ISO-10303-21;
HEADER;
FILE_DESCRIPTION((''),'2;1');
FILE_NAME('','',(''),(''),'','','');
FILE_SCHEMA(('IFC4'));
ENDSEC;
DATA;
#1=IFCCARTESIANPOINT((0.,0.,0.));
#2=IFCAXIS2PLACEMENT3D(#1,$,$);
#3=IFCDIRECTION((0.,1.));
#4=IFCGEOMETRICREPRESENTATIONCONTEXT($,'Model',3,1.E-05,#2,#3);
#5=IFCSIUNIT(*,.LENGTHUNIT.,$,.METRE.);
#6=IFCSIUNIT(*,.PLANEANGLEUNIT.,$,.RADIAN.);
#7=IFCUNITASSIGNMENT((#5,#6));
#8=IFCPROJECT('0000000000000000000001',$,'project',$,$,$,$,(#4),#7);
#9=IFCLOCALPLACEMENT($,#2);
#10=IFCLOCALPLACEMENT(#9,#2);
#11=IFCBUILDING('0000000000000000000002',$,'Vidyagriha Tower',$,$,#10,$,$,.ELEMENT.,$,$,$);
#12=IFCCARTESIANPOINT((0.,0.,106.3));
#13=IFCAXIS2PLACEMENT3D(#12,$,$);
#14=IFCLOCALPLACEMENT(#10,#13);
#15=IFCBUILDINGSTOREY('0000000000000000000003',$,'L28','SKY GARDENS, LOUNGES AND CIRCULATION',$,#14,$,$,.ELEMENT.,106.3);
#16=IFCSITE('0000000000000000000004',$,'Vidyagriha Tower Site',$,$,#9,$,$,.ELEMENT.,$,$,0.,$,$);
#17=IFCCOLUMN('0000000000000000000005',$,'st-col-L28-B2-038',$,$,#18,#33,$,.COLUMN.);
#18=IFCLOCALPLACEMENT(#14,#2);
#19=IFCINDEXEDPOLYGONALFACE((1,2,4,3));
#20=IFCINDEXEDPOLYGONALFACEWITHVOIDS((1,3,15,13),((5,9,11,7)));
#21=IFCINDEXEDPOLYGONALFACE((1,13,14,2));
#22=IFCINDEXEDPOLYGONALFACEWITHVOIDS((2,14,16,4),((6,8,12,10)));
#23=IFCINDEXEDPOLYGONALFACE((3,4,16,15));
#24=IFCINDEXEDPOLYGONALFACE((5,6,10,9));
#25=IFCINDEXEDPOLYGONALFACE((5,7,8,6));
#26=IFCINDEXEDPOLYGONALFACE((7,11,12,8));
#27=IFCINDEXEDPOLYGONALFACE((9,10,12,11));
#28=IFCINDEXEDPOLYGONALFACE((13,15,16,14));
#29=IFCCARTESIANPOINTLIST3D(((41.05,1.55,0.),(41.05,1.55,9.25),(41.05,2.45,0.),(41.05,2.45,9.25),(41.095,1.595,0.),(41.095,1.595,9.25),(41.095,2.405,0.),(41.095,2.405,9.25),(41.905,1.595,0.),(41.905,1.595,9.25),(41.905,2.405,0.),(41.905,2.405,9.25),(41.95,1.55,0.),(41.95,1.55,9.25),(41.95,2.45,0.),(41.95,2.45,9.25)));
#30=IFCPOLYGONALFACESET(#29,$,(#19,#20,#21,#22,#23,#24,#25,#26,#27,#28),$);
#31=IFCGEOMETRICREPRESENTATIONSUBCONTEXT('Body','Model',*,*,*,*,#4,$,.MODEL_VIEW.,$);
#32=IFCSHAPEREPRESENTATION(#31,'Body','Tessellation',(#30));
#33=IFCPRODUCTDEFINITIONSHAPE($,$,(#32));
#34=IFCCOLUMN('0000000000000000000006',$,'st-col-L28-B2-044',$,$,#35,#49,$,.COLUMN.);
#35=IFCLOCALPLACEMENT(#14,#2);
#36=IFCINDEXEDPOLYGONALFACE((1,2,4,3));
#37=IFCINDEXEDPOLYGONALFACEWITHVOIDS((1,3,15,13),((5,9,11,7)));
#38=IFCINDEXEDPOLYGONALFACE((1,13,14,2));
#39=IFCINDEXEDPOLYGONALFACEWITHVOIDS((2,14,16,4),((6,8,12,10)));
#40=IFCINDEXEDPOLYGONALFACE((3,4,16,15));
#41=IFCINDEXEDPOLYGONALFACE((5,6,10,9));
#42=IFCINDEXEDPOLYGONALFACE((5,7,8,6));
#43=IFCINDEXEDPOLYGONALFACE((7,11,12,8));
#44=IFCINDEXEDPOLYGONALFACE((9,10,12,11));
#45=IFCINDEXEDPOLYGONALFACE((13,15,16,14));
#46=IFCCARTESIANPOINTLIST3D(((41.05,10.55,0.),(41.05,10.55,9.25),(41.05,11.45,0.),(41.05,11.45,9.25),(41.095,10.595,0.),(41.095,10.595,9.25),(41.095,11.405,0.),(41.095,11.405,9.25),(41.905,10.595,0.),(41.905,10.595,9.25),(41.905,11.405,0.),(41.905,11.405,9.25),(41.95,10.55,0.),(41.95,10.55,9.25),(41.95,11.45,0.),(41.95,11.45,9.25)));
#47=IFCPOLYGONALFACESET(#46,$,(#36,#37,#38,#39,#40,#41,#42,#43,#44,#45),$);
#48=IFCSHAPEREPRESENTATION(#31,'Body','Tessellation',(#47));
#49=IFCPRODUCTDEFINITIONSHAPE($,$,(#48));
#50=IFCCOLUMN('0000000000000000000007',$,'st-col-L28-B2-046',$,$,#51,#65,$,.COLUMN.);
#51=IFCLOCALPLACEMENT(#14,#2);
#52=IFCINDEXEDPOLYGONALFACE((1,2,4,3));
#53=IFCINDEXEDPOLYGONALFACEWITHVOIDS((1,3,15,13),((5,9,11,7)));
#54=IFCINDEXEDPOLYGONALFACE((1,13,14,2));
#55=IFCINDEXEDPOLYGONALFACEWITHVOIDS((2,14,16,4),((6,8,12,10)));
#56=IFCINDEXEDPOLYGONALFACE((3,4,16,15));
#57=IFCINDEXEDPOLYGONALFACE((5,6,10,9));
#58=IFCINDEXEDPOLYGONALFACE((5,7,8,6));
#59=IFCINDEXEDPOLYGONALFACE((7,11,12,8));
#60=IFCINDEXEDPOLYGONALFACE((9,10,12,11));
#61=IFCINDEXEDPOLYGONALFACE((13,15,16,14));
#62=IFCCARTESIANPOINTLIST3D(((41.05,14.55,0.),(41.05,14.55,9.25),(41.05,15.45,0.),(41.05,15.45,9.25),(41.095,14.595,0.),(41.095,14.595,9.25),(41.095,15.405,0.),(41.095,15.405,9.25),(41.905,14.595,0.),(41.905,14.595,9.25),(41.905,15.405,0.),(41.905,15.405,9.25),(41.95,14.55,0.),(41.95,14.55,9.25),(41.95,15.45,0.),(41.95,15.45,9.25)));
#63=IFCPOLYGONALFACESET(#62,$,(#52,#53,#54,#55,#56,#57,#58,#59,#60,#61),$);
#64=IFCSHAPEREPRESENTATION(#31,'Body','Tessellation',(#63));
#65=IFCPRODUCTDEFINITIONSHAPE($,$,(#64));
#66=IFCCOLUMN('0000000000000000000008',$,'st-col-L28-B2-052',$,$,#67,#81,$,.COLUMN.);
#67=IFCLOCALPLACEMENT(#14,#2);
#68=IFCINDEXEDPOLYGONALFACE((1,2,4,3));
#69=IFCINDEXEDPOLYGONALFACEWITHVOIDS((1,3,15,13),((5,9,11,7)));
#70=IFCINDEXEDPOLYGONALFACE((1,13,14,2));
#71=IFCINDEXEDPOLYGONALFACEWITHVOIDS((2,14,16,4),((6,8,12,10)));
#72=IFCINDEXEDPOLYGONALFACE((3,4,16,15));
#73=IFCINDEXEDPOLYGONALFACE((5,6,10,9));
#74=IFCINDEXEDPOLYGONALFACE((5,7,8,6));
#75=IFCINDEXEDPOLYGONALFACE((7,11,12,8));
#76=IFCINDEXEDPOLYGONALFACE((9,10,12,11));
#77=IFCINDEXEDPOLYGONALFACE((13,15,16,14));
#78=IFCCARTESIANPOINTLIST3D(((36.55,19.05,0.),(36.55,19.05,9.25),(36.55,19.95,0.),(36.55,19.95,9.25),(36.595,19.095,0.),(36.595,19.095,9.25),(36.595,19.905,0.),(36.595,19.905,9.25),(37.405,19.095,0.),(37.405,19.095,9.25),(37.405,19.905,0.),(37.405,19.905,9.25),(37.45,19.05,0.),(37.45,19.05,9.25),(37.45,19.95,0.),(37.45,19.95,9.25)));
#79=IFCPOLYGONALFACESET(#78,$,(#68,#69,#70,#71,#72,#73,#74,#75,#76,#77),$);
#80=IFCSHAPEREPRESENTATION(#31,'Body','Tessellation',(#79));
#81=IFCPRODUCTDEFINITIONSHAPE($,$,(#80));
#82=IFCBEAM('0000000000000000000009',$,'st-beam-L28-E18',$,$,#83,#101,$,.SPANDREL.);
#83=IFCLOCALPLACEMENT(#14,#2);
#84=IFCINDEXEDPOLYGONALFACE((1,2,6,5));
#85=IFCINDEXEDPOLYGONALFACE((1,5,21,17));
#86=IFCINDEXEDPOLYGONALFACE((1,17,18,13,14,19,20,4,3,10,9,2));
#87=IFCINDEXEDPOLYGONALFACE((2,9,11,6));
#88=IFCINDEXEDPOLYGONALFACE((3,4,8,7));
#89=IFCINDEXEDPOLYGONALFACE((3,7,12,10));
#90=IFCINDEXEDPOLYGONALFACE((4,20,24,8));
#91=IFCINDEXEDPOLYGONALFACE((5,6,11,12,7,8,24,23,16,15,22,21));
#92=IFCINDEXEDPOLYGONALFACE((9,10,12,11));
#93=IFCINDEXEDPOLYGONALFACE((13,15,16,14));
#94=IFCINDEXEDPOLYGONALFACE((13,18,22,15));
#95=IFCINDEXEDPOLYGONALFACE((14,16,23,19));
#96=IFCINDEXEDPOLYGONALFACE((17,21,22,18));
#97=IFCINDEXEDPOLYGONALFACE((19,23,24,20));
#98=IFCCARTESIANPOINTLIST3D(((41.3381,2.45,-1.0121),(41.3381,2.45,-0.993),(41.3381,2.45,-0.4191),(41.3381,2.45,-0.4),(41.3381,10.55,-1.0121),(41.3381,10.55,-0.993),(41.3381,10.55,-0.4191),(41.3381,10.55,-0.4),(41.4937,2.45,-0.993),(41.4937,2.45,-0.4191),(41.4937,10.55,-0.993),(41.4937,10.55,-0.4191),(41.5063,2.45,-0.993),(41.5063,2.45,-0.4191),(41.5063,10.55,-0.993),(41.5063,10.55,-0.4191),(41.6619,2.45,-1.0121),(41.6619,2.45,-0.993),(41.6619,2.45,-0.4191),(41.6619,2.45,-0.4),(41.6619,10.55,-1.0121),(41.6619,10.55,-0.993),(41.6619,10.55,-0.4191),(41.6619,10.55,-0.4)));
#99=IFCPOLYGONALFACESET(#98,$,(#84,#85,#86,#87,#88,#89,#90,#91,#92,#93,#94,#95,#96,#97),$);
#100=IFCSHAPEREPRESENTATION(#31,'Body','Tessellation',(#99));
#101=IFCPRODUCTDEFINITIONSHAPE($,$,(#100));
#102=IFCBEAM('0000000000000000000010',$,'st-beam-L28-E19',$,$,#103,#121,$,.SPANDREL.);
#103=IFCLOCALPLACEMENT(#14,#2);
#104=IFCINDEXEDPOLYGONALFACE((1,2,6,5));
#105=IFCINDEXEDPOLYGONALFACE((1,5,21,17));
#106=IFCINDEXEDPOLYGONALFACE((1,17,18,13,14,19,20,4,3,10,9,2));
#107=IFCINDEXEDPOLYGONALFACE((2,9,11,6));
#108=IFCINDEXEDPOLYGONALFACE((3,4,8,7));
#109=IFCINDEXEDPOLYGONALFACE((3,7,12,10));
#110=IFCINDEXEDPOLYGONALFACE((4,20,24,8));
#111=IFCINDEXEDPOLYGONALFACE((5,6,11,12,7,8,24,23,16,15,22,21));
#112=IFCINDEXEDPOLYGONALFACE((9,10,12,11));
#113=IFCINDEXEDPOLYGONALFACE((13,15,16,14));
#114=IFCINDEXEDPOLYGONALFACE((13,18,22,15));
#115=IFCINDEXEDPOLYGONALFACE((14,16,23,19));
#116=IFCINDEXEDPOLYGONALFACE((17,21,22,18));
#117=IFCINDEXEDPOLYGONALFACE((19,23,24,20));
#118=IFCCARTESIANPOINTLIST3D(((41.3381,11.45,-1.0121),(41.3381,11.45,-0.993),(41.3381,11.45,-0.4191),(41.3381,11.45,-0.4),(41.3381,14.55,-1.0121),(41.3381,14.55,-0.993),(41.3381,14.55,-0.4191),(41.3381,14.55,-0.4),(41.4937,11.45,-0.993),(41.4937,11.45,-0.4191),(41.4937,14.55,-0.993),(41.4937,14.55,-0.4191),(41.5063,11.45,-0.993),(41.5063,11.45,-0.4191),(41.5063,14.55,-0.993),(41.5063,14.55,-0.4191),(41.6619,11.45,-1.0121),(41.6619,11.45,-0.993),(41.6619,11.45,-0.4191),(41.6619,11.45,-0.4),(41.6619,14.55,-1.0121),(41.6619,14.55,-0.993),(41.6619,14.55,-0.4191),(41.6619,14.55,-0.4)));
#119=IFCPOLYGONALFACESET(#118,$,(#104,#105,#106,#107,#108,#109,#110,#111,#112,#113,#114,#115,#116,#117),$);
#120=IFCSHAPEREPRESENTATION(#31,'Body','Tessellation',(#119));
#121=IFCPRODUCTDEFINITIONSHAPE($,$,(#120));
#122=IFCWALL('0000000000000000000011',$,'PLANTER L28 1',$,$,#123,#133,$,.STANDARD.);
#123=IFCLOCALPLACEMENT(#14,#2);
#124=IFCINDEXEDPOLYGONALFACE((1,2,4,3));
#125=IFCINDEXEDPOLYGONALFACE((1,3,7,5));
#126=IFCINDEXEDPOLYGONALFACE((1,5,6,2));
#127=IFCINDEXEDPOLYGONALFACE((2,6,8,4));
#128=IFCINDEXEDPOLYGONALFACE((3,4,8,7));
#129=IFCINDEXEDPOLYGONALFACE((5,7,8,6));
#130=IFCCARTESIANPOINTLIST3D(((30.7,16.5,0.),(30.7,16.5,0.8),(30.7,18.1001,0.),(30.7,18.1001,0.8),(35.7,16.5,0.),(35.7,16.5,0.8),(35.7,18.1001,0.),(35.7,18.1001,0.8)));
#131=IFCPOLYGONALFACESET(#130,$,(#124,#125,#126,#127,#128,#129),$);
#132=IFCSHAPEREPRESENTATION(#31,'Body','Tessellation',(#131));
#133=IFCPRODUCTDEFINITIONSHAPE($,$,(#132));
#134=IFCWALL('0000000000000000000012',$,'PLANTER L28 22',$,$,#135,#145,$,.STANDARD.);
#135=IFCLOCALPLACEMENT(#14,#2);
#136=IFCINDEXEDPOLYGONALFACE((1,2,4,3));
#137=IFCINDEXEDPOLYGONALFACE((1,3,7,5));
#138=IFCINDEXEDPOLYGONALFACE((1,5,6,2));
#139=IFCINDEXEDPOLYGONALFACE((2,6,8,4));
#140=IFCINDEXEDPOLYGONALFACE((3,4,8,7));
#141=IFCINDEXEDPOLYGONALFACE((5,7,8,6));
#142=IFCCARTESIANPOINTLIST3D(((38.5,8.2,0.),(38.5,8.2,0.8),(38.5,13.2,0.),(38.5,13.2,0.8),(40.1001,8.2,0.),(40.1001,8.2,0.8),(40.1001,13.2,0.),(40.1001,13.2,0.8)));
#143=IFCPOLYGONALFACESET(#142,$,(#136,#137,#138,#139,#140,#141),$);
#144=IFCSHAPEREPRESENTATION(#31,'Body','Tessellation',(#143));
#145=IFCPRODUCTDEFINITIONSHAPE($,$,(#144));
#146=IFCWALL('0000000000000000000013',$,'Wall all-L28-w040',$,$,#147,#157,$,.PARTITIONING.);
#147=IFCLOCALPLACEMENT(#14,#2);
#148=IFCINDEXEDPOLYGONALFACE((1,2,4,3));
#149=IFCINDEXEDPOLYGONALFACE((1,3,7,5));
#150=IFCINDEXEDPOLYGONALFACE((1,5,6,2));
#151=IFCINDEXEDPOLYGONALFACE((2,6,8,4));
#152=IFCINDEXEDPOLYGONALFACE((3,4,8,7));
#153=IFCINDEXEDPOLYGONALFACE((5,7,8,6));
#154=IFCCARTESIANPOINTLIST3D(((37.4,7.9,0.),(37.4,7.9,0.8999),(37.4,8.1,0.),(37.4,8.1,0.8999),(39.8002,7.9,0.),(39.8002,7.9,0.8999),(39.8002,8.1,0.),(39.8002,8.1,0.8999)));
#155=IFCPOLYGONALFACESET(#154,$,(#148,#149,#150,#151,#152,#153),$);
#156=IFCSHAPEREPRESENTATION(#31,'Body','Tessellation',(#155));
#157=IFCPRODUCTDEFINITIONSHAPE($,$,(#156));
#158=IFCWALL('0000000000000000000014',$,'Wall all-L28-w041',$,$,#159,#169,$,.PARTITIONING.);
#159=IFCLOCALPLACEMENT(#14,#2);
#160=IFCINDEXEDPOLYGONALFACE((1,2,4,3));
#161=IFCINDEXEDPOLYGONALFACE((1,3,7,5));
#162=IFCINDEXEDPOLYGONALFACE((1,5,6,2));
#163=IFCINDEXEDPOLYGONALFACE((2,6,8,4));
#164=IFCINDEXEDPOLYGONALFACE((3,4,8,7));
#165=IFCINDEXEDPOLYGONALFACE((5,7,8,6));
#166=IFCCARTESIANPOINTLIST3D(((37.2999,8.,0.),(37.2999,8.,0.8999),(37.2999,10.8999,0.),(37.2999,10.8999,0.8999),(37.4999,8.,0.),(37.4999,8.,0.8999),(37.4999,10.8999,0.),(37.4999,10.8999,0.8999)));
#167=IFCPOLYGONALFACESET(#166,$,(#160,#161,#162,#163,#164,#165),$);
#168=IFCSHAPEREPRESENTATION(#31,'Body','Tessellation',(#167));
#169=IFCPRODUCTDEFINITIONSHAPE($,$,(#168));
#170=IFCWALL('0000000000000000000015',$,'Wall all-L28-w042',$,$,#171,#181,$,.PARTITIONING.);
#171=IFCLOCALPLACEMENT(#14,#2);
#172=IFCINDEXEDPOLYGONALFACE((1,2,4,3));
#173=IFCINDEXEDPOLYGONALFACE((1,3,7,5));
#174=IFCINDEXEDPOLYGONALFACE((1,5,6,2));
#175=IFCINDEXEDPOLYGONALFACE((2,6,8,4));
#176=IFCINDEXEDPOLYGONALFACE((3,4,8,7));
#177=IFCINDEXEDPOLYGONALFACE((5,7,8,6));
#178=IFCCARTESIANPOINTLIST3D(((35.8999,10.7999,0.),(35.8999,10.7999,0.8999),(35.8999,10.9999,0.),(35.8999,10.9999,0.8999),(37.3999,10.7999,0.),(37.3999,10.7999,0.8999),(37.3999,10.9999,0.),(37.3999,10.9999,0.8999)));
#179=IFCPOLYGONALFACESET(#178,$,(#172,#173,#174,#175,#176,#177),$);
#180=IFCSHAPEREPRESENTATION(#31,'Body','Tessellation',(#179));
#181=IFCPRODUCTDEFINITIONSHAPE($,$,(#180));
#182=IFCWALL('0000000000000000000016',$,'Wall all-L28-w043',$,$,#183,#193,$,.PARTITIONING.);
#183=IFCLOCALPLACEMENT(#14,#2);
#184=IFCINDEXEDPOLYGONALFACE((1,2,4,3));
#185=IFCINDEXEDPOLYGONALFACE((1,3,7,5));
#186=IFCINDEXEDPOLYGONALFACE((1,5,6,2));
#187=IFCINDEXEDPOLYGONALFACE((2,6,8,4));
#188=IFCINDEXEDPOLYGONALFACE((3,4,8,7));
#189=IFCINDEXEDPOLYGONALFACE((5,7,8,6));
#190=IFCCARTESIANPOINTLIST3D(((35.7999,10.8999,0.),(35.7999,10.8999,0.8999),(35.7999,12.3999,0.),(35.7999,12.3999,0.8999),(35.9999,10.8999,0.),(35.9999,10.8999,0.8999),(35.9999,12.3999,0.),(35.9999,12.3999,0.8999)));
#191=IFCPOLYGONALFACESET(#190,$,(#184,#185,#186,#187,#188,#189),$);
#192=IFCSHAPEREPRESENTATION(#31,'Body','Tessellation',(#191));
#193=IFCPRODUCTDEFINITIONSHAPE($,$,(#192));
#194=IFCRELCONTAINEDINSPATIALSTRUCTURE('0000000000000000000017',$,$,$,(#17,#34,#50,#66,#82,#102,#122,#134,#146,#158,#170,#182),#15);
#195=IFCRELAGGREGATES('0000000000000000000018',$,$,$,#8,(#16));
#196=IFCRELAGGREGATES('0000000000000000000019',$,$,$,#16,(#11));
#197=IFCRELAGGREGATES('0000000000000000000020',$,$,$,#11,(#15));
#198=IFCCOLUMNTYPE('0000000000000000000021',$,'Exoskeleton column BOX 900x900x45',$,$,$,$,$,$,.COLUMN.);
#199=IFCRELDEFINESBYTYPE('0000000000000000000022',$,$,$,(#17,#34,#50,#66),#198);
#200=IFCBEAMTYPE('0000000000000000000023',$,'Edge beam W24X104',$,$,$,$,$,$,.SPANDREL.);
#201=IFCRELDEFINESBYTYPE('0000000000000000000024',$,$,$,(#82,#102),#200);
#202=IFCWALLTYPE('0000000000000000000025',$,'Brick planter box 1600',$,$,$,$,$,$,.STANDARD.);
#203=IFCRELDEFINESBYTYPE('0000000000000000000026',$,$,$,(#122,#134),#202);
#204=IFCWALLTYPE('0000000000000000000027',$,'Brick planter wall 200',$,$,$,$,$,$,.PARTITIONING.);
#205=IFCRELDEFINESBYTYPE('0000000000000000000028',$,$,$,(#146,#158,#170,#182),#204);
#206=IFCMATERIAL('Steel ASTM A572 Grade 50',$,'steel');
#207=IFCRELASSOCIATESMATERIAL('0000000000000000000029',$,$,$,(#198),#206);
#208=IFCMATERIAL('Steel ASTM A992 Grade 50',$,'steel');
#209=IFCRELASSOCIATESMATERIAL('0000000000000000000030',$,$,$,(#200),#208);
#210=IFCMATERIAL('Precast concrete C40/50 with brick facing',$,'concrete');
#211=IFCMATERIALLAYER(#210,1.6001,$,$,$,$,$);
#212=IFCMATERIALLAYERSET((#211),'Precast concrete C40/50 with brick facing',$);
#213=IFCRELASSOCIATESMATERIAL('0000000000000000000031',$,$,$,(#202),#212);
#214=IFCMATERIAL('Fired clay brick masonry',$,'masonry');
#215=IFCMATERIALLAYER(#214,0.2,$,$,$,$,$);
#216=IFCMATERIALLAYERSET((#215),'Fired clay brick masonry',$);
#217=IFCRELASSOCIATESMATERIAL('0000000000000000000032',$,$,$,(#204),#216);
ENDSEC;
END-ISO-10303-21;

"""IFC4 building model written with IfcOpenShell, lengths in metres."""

from ifc_helpers import new_model, si_unit, direction, frame, frame_2d, origin, origin_2d, place, context, subcontext, project, spatial, rectangle, hollow_rectangle, i_section, extrude, material, layer, layer_set, material_profile, profile_set, type_object, element, save


model = new_model("IFC4")

# Units and contexts
model_context = context("Model", 3, precision=1e-05, world=origin(), true_north=direction((0.0, 1.0)))
body_context = subcontext(model_context, "Body", "Model", "MODEL_VIEW")
ifc_project = project(units=[si_unit("LENGTHUNIT", "METRE"), si_unit("PLANEANGLEUNIT", "RADIAN")], contexts=[model_context])

# Site, building, storey
site_placement = place(None, origin())
site = spatial("IfcSite", under=ifc_project, at=site_placement, Name="Vidyagriha Tower Site", CompositionType="ELEMENT", RefElevation=0.0)
building_placement = place(site_placement, origin())
building = spatial("IfcBuilding", under=site, at=building_placement, Name="Vidyagriha Tower", CompositionType="ELEMENT")
storey_placement = place(building_placement, frame((0.0, 0.0, 106.3)))
storey = spatial("IfcBuildingStorey", under=building, at=storey_placement, Name="L28", Description="SKY GARDENS, LOUNGES AND CIRCULATION", CompositionType="ELEMENT", Elevation=106.3)

# Columns
ifc_material_1 = material(Name="Steel ASTM A572 Grade 50", Category="steel")
ifc_material_profile_1 = material_profile(ifc_material_1, hollow_rectangle(XDim=0.8999, YDim=0.8999, WallThickness=0.0449, at=origin_2d()), Name="BOX 900x900x45")
ifc_profile_set_1 = profile_set([ifc_material_profile_1], Name="Steel ASTM A572 Grade 50")
column_type = type_object("IfcColumnType", Name="Exoskeleton column BOX 900x900x45", PredefinedType="COLUMN", material=ifc_profile_set_1)
for number, where, name in (
    (1, (41.5, 2.0, 0.0), "st-col-L28-B2-038"),
    (2, (41.5, 11.0, 0.0), "st-col-L28-B2-044"),
    (3, (41.5, 15.0, 0.0), "st-col-L28-B2-046"),
    (4, (37.0, 19.5, 0.0), "st-col-L28-B2-052"),
):
    element("IfcColumn", number, at=place(storey_placement, frame(where)), inside=storey, type_object=column_type, Name=name, PredefinedType="COLUMN", context=body_context, shape_type="SweptSolid", body=[
        extrude(hollow_rectangle(XDim=0.8999, YDim=0.8999, WallThickness=0.0449, at=origin_2d()), origin(), (0.0, 0.0, 1.0), 9.25),
    ])

# Beams
ifc_material_2 = material(Name="Steel ASTM A992 Grade 50", Category="steel")
ifc_material_profile_2 = material_profile(ifc_material_2, i_section(OverallWidth=0.3237, OverallDepth=0.6121, WebThickness=0.0127, FlangeThickness=0.019, at=origin_2d()), Name="W24X104")
ifc_profile_set_2 = profile_set([ifc_material_profile_2], Name="Steel ASTM A992 Grade 50")
beam_type = type_object("IfcBeamType", Name="Edge beam W24X104", PredefinedType="SPANDREL", material=ifc_profile_set_2)
beam_1_placement = place(storey_placement, frame((41.5, 2.45, -0.7061), z_axis=(0.0, 1.0, 0.0), x_axis=(-1.0, 0.0, 0.0)))
element("IfcBeam", 5, at=beam_1_placement, inside=storey, type_object=beam_type, Name="st-beam-L28-E18", PredefinedType="SPANDREL", context=body_context, shape_type="SweptSolid", body=[
    extrude(i_section(OverallWidth=0.3237, OverallDepth=0.6121, WebThickness=0.0127, FlangeThickness=0.019, at=origin_2d()), origin(), (0.0, 0.0, 1.0), 8.1001),
])
beam_2_placement = place(storey_placement, frame((41.5, 11.45, -0.7061), z_axis=(0.0, 1.0, 0.0), x_axis=(-1.0, 0.0, 0.0)))
element("IfcBeam", 6, at=beam_2_placement, inside=storey, type_object=beam_type, Name="st-beam-L28-E19", PredefinedType="SPANDREL", context=body_context, shape_type="SweptSolid", body=[
    extrude(i_section(OverallWidth=0.3237, OverallDepth=0.6121, WebThickness=0.0127, FlangeThickness=0.019, at=origin_2d()), origin(), (0.0, 0.0, 1.0), 3.1001),
])

# Walls
ifc_material_3 = material(Name="Precast concrete C40/50 with brick facing", Category="concrete")
ifc_layer_1 = layer(ifc_material_3, 1.6001)
ifc_layer_set_1 = layer_set([ifc_layer_1], Name="Precast concrete C40/50 with brick facing")
wall_type_1 = type_object("IfcWallType", Name="Brick planter box 1600", PredefinedType="STANDARD", material=ifc_layer_set_1)
for number, where, z_axis, x_axis, name in (
    (7, (35.7, 17.3, 0.0), (0.0, 0.0, 1.0), (-1.0, 0.0, 0.0), "PLANTER L28 1"),
    (8, (39.3, 8.2, 0.0), (0.0, 0.0, 1.0), (0.0, 1.0, 0.0), "PLANTER L28 22"),
):
    element("IfcWall", number, at=place(storey_placement, frame(where, z_axis=z_axis, x_axis=x_axis)), inside=storey, type_object=wall_type_1, Name=name, PredefinedType="STANDARD", context=body_context, shape_type="SweptSolid", body=[
        extrude(rectangle(XDim=5.0, YDim=1.6001, at=frame_2d((2.5, 0.0))), origin(), (0.0, 0.0, 1.0), 0.8),
    ])
ifc_material_4 = material(Name="Fired clay brick masonry", Category="masonry")
ifc_layer_2 = layer(ifc_material_4, 0.2)
ifc_layer_set_2 = layer_set([ifc_layer_2], Name="Fired clay brick masonry")
wall_type_2 = type_object("IfcWallType", Name="Brick planter wall 200", PredefinedType="PARTITIONING", material=ifc_layer_set_2)
wall_1_placement = place(storey_placement, frame((37.3999, 8.0, 0.0)))
element("IfcWall", 9, at=wall_1_placement, inside=storey, type_object=wall_type_2, Name="Wall all-L28-w040", PredefinedType="PARTITIONING", context=body_context, shape_type="SweptSolid", body=[
    extrude(rectangle(XDim=2.4001, YDim=0.2, at=frame_2d((1.2002, 0.0))), origin(), (0.0, 0.0, 1.0), 0.8999),
])
wall_2_placement = place(storey_placement, frame((37.3999, 8.0, 0.0), z_axis=(0.0, 0.0, 1.0), x_axis=(0.0, 1.0, 0.0)))
element("IfcWall", 10, at=wall_2_placement, inside=storey, type_object=wall_type_2, Name="Wall all-L28-w041", PredefinedType="PARTITIONING", context=body_context, shape_type="SweptSolid", body=[
    extrude(rectangle(XDim=2.8999, YDim=0.2, at=frame_2d((1.45, 0.0))), origin(), (0.0, 0.0, 1.0), 0.8999),
])
wall_3_placement = place(storey_placement, frame((35.8999, 10.8999, 0.0)))
element("IfcWall", 11, at=wall_3_placement, inside=storey, type_object=wall_type_2, Name="Wall all-L28-w042", PredefinedType="PARTITIONING", context=body_context, shape_type="SweptSolid", body=[
    extrude(rectangle(XDim=1.5, YDim=0.2, at=frame_2d((0.75, 0.0))), origin(), (0.0, 0.0, 1.0), 0.8999),
])
wall_4_placement = place(storey_placement, frame((35.8999, 12.3999, 0.0), z_axis=(0.0, 0.0, 1.0), x_axis=(0.0, -1.0, 0.0)))
element("IfcWall", 12, at=wall_4_placement, inside=storey, type_object=wall_type_2, Name="Wall all-L28-w043", PredefinedType="PARTITIONING", context=body_context, shape_type="SweptSolid", body=[
    extrude(rectangle(XDim=1.5, YDim=0.2, at=frame_2d((0.75, 0.0))), origin(), (0.0, 0.0, 1.0), 0.8999),
])

save(model, "model.ifc")
